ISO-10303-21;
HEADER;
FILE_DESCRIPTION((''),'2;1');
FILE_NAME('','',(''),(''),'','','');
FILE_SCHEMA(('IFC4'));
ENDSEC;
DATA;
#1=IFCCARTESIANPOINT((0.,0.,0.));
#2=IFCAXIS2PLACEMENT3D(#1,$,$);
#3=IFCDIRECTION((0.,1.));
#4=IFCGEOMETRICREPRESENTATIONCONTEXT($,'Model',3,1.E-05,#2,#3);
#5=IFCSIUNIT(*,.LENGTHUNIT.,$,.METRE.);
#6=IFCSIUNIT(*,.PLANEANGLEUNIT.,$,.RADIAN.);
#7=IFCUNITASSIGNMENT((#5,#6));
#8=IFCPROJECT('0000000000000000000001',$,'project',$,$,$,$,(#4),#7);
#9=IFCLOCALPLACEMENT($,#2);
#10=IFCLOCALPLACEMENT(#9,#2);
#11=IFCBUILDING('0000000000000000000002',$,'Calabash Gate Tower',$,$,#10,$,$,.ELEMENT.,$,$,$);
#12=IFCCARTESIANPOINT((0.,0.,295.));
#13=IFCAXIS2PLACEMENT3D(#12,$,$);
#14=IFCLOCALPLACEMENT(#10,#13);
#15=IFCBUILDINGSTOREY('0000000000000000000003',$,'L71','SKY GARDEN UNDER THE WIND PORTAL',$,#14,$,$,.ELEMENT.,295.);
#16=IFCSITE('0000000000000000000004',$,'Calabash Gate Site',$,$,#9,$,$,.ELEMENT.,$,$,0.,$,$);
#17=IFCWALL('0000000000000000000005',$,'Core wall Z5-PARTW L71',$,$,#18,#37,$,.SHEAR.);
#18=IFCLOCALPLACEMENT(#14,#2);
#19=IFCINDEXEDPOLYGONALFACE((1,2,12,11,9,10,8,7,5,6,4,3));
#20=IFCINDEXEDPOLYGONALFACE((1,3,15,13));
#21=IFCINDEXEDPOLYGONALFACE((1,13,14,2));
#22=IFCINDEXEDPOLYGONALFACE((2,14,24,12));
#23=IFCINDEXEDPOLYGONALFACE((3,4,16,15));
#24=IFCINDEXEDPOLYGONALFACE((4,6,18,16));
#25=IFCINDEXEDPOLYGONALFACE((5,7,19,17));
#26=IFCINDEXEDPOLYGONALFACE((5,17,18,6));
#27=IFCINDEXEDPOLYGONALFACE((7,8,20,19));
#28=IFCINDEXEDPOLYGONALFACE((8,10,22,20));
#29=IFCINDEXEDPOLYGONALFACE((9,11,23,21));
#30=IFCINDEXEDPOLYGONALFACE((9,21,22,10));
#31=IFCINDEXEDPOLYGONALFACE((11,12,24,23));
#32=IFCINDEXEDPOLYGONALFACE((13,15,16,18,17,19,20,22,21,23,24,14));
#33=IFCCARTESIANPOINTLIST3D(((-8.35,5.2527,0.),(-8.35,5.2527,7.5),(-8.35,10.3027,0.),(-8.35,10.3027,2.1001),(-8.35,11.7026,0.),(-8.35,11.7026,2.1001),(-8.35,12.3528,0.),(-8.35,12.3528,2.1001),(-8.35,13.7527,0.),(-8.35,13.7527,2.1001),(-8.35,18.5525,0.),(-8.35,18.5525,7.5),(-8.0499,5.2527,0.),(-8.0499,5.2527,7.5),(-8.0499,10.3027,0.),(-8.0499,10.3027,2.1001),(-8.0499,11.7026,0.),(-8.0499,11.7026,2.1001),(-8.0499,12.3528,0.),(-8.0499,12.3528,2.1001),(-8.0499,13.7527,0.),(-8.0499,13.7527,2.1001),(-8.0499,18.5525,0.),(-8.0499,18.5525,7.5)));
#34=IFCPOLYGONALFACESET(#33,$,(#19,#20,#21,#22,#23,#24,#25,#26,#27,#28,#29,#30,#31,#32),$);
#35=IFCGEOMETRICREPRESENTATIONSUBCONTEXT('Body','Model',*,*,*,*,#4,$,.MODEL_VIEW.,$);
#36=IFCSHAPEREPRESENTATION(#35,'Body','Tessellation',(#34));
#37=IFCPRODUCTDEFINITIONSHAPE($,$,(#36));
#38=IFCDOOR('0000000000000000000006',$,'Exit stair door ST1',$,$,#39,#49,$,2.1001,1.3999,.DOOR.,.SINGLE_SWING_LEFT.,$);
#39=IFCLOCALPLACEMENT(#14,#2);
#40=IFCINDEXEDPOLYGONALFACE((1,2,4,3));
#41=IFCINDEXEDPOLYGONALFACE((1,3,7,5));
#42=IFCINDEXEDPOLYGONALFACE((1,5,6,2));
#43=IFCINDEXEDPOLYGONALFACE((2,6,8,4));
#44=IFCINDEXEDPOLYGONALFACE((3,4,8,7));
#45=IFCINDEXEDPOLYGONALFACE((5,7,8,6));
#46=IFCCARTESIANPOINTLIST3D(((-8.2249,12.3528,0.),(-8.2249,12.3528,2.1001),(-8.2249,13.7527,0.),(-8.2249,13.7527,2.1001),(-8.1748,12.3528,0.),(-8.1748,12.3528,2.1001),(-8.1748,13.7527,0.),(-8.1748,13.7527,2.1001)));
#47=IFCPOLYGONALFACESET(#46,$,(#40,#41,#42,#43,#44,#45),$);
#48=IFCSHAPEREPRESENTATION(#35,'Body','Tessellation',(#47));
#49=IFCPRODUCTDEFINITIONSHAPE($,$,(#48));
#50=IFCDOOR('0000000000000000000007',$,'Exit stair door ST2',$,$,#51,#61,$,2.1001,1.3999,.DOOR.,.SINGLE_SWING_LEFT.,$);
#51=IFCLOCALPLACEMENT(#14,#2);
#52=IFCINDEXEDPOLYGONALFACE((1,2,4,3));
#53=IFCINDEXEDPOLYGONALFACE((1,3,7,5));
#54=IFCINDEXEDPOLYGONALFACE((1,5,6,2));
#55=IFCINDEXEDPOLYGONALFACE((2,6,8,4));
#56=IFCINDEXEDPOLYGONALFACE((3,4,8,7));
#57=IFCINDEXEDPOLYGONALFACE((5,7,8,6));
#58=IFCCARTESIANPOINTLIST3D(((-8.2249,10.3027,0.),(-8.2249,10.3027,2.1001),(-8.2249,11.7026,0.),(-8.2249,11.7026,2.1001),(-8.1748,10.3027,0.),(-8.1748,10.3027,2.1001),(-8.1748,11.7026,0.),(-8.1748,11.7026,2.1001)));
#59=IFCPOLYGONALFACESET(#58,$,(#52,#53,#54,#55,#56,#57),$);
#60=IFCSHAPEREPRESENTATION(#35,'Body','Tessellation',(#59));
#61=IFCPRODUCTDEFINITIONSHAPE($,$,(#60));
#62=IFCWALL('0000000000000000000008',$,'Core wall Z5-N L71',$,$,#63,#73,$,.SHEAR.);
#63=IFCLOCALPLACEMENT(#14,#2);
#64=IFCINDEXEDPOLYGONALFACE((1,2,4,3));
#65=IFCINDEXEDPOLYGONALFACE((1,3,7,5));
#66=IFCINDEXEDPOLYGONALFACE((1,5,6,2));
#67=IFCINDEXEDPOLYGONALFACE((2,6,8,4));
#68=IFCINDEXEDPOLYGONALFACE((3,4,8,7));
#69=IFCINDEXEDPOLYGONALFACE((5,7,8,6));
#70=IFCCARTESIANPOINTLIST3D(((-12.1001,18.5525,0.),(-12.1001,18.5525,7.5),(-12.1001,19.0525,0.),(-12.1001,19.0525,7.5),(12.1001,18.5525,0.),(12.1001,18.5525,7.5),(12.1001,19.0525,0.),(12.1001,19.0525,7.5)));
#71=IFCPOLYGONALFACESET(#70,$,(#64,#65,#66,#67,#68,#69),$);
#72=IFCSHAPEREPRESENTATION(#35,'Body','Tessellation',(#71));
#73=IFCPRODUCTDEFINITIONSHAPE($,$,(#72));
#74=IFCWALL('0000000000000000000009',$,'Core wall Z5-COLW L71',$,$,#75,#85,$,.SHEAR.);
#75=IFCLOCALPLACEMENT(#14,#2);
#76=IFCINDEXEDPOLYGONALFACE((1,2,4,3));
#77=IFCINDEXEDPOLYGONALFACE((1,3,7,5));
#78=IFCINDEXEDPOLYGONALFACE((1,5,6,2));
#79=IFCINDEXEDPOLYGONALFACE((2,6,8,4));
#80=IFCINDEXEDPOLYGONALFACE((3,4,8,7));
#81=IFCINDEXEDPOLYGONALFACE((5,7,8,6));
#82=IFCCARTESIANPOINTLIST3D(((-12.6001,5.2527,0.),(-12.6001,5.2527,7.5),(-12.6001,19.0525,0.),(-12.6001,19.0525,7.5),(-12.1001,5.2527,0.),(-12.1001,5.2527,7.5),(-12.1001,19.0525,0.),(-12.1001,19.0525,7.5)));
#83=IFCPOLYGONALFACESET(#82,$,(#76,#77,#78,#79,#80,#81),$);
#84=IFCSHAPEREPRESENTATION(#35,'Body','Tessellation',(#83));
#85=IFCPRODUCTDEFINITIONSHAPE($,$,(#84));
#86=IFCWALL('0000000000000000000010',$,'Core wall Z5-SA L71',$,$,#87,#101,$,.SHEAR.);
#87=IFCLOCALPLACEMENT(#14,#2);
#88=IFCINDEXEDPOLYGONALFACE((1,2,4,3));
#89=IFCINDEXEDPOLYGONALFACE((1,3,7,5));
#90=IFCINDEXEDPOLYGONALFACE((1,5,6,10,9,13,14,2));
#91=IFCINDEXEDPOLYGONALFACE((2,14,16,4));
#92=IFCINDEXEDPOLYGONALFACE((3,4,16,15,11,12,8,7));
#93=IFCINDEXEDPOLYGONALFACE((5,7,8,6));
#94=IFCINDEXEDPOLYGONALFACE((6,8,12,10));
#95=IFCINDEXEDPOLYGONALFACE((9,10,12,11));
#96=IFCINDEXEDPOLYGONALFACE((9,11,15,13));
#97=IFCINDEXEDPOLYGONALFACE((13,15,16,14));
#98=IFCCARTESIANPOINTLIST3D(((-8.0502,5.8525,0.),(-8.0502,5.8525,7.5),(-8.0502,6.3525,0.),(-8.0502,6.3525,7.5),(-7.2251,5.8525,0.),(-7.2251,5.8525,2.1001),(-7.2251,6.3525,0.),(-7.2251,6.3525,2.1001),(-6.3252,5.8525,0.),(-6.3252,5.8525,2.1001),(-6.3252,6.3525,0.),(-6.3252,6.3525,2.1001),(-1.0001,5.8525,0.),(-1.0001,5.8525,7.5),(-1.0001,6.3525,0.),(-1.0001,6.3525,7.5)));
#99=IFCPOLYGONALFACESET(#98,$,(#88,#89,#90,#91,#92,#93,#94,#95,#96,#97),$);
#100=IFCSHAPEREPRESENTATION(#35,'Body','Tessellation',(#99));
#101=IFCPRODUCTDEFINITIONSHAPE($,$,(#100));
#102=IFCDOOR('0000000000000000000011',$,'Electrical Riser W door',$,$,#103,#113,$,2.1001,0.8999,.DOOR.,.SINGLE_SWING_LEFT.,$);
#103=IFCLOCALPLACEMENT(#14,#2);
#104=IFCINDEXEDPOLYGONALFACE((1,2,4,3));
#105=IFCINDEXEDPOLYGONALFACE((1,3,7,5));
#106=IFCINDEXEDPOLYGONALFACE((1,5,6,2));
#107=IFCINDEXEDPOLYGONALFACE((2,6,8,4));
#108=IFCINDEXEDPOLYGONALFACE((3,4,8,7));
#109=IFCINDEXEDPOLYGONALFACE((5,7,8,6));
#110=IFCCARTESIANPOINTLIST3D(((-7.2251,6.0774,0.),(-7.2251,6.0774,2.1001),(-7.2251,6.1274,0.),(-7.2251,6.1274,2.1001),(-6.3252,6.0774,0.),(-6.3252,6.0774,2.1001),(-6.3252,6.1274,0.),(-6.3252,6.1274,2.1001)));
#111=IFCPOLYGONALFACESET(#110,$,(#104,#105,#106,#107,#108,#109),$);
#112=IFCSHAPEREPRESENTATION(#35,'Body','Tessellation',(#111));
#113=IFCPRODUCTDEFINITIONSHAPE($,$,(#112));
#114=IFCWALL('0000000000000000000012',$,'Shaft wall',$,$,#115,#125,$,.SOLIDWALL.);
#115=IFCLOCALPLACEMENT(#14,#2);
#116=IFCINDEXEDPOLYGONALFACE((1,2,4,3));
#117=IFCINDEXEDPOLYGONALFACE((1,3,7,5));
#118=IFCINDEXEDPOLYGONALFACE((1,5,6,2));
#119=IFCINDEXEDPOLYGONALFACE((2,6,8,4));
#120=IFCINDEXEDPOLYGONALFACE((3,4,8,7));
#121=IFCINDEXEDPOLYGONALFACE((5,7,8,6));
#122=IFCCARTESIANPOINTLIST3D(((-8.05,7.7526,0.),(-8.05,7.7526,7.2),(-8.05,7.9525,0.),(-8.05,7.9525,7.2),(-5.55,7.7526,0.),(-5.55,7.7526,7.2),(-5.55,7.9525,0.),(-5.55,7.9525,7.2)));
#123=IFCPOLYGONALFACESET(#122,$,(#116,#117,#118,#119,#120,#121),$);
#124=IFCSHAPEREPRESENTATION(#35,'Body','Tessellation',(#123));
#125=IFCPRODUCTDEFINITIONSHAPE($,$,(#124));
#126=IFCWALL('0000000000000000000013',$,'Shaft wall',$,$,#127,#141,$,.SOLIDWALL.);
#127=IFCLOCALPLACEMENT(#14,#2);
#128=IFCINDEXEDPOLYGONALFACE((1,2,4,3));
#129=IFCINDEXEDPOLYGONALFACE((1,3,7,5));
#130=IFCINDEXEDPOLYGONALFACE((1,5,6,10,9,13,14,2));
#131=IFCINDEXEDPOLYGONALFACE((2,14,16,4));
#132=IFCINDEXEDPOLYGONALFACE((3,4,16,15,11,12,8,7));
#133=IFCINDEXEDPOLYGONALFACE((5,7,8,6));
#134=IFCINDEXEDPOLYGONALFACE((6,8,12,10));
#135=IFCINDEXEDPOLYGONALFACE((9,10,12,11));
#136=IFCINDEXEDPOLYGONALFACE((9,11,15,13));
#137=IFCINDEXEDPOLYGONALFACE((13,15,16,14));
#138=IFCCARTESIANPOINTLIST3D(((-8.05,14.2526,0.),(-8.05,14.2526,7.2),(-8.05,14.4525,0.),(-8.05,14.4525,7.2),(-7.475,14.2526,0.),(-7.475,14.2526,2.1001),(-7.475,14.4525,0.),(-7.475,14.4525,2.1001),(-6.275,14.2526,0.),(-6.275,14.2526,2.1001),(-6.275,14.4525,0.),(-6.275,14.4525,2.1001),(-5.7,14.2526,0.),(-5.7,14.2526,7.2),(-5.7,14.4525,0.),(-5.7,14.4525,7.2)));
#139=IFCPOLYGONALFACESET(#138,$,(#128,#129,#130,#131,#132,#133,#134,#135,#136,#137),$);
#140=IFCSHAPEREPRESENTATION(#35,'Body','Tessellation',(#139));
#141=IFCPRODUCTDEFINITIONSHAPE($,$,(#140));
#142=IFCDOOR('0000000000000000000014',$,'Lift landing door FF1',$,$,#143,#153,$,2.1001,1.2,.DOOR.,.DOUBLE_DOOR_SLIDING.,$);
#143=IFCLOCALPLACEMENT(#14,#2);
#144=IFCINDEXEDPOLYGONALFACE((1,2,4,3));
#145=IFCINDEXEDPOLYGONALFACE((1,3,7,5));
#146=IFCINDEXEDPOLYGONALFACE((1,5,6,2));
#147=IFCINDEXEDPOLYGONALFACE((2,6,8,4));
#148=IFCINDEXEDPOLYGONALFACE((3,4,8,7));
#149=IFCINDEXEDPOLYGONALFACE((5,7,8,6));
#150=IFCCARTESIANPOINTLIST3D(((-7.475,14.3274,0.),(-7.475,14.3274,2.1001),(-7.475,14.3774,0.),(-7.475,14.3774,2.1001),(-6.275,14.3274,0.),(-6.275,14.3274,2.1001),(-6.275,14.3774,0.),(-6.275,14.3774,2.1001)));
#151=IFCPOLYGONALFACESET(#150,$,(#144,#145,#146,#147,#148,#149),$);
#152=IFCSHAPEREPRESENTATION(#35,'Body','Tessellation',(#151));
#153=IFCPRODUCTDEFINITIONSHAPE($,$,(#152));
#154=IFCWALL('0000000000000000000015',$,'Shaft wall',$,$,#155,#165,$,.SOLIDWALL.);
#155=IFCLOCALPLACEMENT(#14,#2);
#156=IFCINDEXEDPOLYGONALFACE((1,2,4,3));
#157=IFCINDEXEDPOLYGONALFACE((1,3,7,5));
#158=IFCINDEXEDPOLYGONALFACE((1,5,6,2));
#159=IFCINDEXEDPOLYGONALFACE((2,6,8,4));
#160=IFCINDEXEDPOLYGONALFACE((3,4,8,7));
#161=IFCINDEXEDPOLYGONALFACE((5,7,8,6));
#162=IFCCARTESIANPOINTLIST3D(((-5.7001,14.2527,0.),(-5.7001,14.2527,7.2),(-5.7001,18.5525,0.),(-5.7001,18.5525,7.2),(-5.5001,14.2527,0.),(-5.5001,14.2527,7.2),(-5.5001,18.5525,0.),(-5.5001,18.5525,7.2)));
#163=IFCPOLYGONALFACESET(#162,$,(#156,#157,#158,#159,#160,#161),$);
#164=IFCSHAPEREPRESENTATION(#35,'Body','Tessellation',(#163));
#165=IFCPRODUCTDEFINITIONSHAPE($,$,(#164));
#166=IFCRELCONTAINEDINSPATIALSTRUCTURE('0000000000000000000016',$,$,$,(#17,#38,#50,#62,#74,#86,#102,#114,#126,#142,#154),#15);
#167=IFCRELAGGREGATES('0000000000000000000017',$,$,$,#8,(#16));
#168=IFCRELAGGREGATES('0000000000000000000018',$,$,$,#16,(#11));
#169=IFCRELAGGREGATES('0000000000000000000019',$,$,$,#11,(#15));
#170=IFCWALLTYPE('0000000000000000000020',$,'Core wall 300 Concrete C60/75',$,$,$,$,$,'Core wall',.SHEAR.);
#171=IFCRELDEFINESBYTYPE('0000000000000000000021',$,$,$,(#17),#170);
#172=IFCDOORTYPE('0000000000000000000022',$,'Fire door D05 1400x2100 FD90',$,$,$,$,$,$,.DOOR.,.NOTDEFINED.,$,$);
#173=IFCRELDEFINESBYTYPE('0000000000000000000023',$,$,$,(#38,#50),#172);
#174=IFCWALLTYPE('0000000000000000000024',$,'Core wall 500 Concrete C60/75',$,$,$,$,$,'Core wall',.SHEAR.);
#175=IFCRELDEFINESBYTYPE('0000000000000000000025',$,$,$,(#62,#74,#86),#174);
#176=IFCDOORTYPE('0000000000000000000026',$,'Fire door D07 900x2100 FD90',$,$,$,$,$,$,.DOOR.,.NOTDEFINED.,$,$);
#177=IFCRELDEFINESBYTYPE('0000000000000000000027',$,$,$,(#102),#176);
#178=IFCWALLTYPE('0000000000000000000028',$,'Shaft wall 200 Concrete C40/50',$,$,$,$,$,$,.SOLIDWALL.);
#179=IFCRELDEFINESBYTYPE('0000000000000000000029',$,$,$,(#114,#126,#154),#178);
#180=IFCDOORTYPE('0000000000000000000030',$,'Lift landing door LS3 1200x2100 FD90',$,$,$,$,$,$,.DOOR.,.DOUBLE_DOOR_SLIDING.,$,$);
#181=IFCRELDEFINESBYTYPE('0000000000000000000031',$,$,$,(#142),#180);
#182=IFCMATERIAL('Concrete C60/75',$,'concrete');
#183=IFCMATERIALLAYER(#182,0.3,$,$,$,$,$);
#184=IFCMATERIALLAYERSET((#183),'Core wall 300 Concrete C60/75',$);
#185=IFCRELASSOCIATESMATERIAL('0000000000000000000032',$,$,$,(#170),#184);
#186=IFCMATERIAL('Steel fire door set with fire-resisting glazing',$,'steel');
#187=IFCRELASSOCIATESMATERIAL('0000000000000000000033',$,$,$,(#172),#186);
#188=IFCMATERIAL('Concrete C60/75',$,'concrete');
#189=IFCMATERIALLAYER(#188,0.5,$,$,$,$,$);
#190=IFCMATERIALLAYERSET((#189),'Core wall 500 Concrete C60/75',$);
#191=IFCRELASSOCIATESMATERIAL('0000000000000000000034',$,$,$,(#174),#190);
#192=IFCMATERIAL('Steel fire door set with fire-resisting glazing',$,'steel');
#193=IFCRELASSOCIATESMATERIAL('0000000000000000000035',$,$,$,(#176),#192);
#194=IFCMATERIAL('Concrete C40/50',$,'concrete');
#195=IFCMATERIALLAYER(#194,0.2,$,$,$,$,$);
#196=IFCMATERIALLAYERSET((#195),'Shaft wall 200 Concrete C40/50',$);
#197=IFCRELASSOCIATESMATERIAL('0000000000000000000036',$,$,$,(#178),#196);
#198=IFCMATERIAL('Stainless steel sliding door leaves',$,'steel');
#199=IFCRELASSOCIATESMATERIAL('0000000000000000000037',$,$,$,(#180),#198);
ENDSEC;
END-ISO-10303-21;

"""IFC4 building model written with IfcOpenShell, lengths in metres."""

from ifc_helpers import new_model, si_unit, direction, frame, frame_2d, origin, place, context, subcontext, project, spatial, rectangle, extrude, material, layer, layer_set, type_object, element, fill, save


model = new_model("IFC4")

# Units and contexts
model_context = context("Model", 3, precision=1e-05, world=origin(), true_north=direction((0.0, 1.0)))
body_context = subcontext(model_context, "Body", "Model", "MODEL_VIEW")
ifc_project = project(units=[si_unit("LENGTHUNIT", "METRE"), si_unit("PLANEANGLEUNIT", "RADIAN")], contexts=[model_context])

# Site, building, storey
site_placement = place(None, origin())
site = spatial("IfcSite", under=ifc_project, at=site_placement, Name="Calabash Gate Site", CompositionType="ELEMENT", RefElevation=0.0)
building_placement = place(site_placement, origin())
building = spatial("IfcBuilding", under=site, at=building_placement, Name="Calabash Gate Tower", CompositionType="ELEMENT")
storey_placement = place(building_placement, frame((0.0, 0.0, 295.0)))
storey = spatial("IfcBuildingStorey", under=building, at=storey_placement, Name="L71", Description="SKY GARDEN UNDER THE WIND PORTAL", CompositionType="ELEMENT", Elevation=295.0)

# Wall, openings, doors
ifc_material_1 = material(Name="Concrete C60/75", Category="concrete")
ifc_layer_1 = layer(ifc_material_1, 0.3)
ifc_layer_set_1 = layer_set([ifc_layer_1], Name="Core wall 300 Concrete C60/75")
wall_type_1 = type_object("IfcWallType", Name="Core wall 300 Concrete C60/75", ElementType="Core wall", PredefinedType="SHEAR", material=ifc_layer_set_1)
wall_1_placement = place(storey_placement, frame((-8.2, 5.2527, 0.0), z_axis=(0.0, 0.0, 1.0), x_axis=(0.0, 1.0, 0.0)))
wall_1 = element("IfcWall", 1, at=wall_1_placement, inside=storey, type_object=wall_type_1, Name="Core wall Z5-PARTW L71", PredefinedType="SHEAR", context=body_context, shape_type="SweptSolid", body=[
    extrude(rectangle(XDim=13.2998, YDim=0.3, at=frame_2d((6.6499, 0.0))), origin(), (0.0, 0.0, 1.0), 7.5),
])
opening_1_placement = place(wall_1_placement, frame((7.1001, 0.0, 0.0)))
opening_1 = element("IfcOpeningElement", 2, at=opening_1_placement, cuts=wall_1, PredefinedType="OPENING", context=body_context, shape_type="SweptSolid", body=[
    extrude(rectangle(XDim=1.3999, YDim=2.1001, at=frame_2d((0.7, 1.05))), frame((0.0, 0.1599, 0.0), z_axis=(0.0, -1.0, 0.0), x_axis=(1.0, 0.0, 0.0)), (0.0, 0.0, 1.0), 0.3201),
])
opening_2_placement = place(wall_1_placement, frame((5.05, 0.0, 0.0)))
opening_2 = element("IfcOpeningElement", 3, at=opening_2_placement, cuts=wall_1, PredefinedType="OPENING", context=body_context, shape_type="SweptSolid", body=[
    extrude(rectangle(XDim=1.3999, YDim=2.1001, at=frame_2d((0.7, 1.05))), frame((0.0, 0.1599, 0.0), z_axis=(0.0, -1.0, 0.0), x_axis=(1.0, 0.0, 0.0)), (0.0, 0.0, 1.0), 0.3201),
])
ifc_material_2 = material(Name="Steel fire door set with fire-resisting glazing", Category="steel")
door_type_1 = type_object("IfcDoorType", Name="Fire door D05 1400x2100 FD90", OperationType="NOTDEFINED", PredefinedType="DOOR", material=ifc_material_2)
door_1_placement = place(opening_1_placement, origin())
door_1 = element("IfcDoor", 4, at=door_1_placement, inside=storey, type_object=door_type_1, Name="Exit stair door ST1", OperationType="SINGLE_SWING_LEFT", OverallHeight=2.1001, OverallWidth=1.3999, PredefinedType="DOOR", context=body_context, shape_type="SweptSolid", body=[
    extrude(rectangle(XDim=1.3999, YDim=2.1001, at=frame_2d((0.7, 1.05))), frame((0.0, 0.0249, 0.0), z_axis=(0.0, -1.0, 0.0), x_axis=(1.0, 0.0, 0.0)), (0.0, 0.0, 1.0), 0.05),
])
fill(opening_1, door_1)
door_2_placement = place(opening_2_placement, origin())
door_2 = element("IfcDoor", 5, at=door_2_placement, inside=storey, type_object=door_type_1, Name="Exit stair door ST2", OperationType="SINGLE_SWING_LEFT", OverallHeight=2.1001, OverallWidth=1.3999, PredefinedType="DOOR", context=body_context, shape_type="SweptSolid", body=[
    extrude(rectangle(XDim=1.3999, YDim=2.1001, at=frame_2d((0.7, 1.05))), frame((0.0, 0.0249, 0.0), z_axis=(0.0, -1.0, 0.0), x_axis=(1.0, 0.0, 0.0)), (0.0, 0.0, 1.0), 0.05),
])
fill(opening_2, door_2)

# Walls
ifc_material_3 = material(Name="Concrete C60/75", Category="concrete")
ifc_layer_2 = layer(ifc_material_3, 0.5)
ifc_layer_set_2 = layer_set([ifc_layer_2], Name="Core wall 500 Concrete C60/75")
wall_type_2 = type_object("IfcWallType", Name="Core wall 500 Concrete C60/75", ElementType="Core wall", PredefinedType="SHEAR", material=ifc_layer_set_2)
wall_2_placement = place(storey_placement, frame((-12.1001, 18.8025, 0.0), z_axis=(0.0, 0.0, 1.0), x_axis=(1.0, 0.0, 0.0)))
element("IfcWall", 6, at=wall_2_placement, inside=storey, type_object=wall_type_2, Name="Core wall Z5-N L71", PredefinedType="SHEAR", context=body_context, shape_type="SweptSolid", body=[
    extrude(rectangle(XDim=24.2002, YDim=0.5, at=frame_2d((12.1001, 0.0))), origin(), (0.0, 0.0, 1.0), 7.5),
])
wall_3_placement = place(storey_placement, frame((-12.3501, 5.2527, 0.0), z_axis=(0.0, 0.0, 1.0), x_axis=(0.0, 1.0, 0.0)))
element("IfcWall", 7, at=wall_3_placement, inside=storey, type_object=wall_type_2, Name="Core wall Z5-COLW L71", PredefinedType="SHEAR", context=body_context, shape_type="SweptSolid", body=[
    extrude(rectangle(XDim=13.7998, YDim=0.5, at=frame_2d((6.8999, 0.0))), origin(), (0.0, 0.0, 1.0), 7.5),
])

# Wall, opening, door
wall_4_placement = place(storey_placement, frame((-8.05, 6.1025, 0.0), z_axis=(0.0, 0.0, 1.0), x_axis=(1.0, 0.0, 0.0)))
wall_4 = element("IfcWall", 8, at=wall_4_placement, inside=storey, type_object=wall_type_2, Name="Core wall Z5-SA L71", PredefinedType="SHEAR", context=body_context, shape_type="SweptSolid", body=[
    extrude(rectangle(XDim=7.05, YDim=0.5, at=frame_2d((3.5249, 0.0))), origin(), (0.0, 0.0, 1.0), 7.5),
])
opening_3_placement = place(wall_4_placement, frame((0.825, 0.0, 0.0)))
opening_3 = element("IfcOpeningElement", 9, at=opening_3_placement, cuts=wall_4, PredefinedType="OPENING", context=body_context, shape_type="SweptSolid", body=[
    extrude(rectangle(XDim=0.8999, YDim=2.1001, at=frame_2d((0.45, 1.05))), frame((0.0, 0.26, 0.0), z_axis=(0.0, -1.0, 0.0), x_axis=(1.0, 0.0, 0.0)), (0.0, 0.0, 1.0), 0.52),
])
ifc_material_4 = material(Name="Steel fire door set with fire-resisting glazing", Category="steel")
door_type_2 = type_object("IfcDoorType", Name="Fire door D07 900x2100 FD90", OperationType="NOTDEFINED", PredefinedType="DOOR", material=ifc_material_4)
door_3_placement = place(opening_3_placement, origin())
door_3 = element("IfcDoor", 10, at=door_3_placement, inside=storey, type_object=door_type_2, Name="Electrical Riser W door", OperationType="SINGLE_SWING_LEFT", OverallHeight=2.1001, OverallWidth=0.8999, PredefinedType="DOOR", context=body_context, shape_type="SweptSolid", body=[
    extrude(rectangle(XDim=0.8999, YDim=2.1001, at=frame_2d((0.45, 1.05))), frame((0.0, 0.0249, 0.0), z_axis=(0.0, -1.0, 0.0), x_axis=(1.0, 0.0, 0.0)), (0.0, 0.0, 1.0), 0.05),
])
fill(opening_3, door_3)

# Wall
ifc_material_5 = material(Name="Concrete C40/50", Category="concrete")
ifc_layer_3 = layer(ifc_material_5, 0.2)
ifc_layer_set_3 = layer_set([ifc_layer_3], Name="Shaft wall 200 Concrete C40/50")
wall_type_3 = type_object("IfcWallType", Name="Shaft wall 200 Concrete C40/50", PredefinedType="SOLIDWALL", material=ifc_layer_set_3)
wall_5_placement = place(storey_placement, frame((-8.05, 7.8525, 0.0), z_axis=(0.0, 0.0, 1.0), x_axis=(1.0, 0.0, 0.0)))
element("IfcWall", 11, at=wall_5_placement, inside=storey, type_object=wall_type_3, Name="Shaft wall", PredefinedType="SOLIDWALL", context=body_context, shape_type="SweptSolid", body=[
    extrude(rectangle(XDim=2.5, YDim=0.2, at=frame_2d((1.25, 0.0))), origin(), (0.0, 0.0, 1.0), 7.2),
])

# Wall, opening, door
wall_6_placement = place(storey_placement, frame((-8.05, 14.3525, 0.0), z_axis=(0.0, 0.0, 1.0), x_axis=(1.0, 0.0, 0.0)))
wall_6 = element("IfcWall", 12, at=wall_6_placement, inside=storey, type_object=wall_type_3, Name="Shaft wall", PredefinedType="SOLIDWALL", context=body_context, shape_type="SweptSolid", body=[
    extrude(rectangle(XDim=2.3501, YDim=0.2, at=frame_2d((1.175, 0.0))), origin(), (0.0, 0.0, 1.0), 7.2),
])
opening_4_placement = place(wall_6_placement, frame((0.575, 0.0, 0.0)))
opening_4 = element("IfcOpeningElement", 13, at=opening_4_placement, cuts=wall_6, PredefinedType="OPENING", context=body_context, shape_type="SweptSolid", body=[
    extrude(rectangle(XDim=1.2, YDim=2.1001, at=frame_2d((0.6001, 1.05))), frame((0.0, 0.1099, 0.0), z_axis=(0.0, -1.0, 0.0), x_axis=(1.0, 0.0, 0.0)), (0.0, 0.0, 1.0), 0.22),
])
ifc_material_6 = material(Name="Stainless steel sliding door leaves", Category="steel")
door_type_3 = type_object("IfcDoorType", Name="Lift landing door LS3 1200x2100 FD90", OperationType="DOUBLE_DOOR_SLIDING", PredefinedType="DOOR", material=ifc_material_6)
door_4_placement = place(opening_4_placement, origin())
door_4 = element("IfcDoor", 14, at=door_4_placement, inside=storey, type_object=door_type_3, Name="Lift landing door FF1", OperationType="DOUBLE_DOOR_SLIDING", OverallHeight=2.1001, OverallWidth=1.2, PredefinedType="DOOR", context=body_context, shape_type="SweptSolid", body=[
    extrude(rectangle(XDim=1.2, YDim=2.1001, at=frame_2d((0.6001, 1.05))), frame((0.0, 0.0249, 0.0), z_axis=(0.0, -1.0, 0.0), x_axis=(1.0, 0.0, 0.0)), (0.0, 0.0, 1.0), 0.05),
])
fill(opening_4, door_4)

# Wall
wall_7_placement = place(storey_placement, frame((-5.6001, 14.2527, 0.0), z_axis=(0.0, 0.0, 1.0), x_axis=(0.0, 1.0, 0.0)))
element("IfcWall", 15, at=wall_7_placement, inside=storey, type_object=wall_type_3, Name="Shaft wall", PredefinedType="SOLIDWALL", context=body_context, shape_type="SweptSolid", body=[
    extrude(rectangle(XDim=4.2998, YDim=0.2, at=frame_2d((2.1499, 0.0))), origin(), (0.0, 0.0, 1.0), 7.2),
])

save(model, "model.ifc")
